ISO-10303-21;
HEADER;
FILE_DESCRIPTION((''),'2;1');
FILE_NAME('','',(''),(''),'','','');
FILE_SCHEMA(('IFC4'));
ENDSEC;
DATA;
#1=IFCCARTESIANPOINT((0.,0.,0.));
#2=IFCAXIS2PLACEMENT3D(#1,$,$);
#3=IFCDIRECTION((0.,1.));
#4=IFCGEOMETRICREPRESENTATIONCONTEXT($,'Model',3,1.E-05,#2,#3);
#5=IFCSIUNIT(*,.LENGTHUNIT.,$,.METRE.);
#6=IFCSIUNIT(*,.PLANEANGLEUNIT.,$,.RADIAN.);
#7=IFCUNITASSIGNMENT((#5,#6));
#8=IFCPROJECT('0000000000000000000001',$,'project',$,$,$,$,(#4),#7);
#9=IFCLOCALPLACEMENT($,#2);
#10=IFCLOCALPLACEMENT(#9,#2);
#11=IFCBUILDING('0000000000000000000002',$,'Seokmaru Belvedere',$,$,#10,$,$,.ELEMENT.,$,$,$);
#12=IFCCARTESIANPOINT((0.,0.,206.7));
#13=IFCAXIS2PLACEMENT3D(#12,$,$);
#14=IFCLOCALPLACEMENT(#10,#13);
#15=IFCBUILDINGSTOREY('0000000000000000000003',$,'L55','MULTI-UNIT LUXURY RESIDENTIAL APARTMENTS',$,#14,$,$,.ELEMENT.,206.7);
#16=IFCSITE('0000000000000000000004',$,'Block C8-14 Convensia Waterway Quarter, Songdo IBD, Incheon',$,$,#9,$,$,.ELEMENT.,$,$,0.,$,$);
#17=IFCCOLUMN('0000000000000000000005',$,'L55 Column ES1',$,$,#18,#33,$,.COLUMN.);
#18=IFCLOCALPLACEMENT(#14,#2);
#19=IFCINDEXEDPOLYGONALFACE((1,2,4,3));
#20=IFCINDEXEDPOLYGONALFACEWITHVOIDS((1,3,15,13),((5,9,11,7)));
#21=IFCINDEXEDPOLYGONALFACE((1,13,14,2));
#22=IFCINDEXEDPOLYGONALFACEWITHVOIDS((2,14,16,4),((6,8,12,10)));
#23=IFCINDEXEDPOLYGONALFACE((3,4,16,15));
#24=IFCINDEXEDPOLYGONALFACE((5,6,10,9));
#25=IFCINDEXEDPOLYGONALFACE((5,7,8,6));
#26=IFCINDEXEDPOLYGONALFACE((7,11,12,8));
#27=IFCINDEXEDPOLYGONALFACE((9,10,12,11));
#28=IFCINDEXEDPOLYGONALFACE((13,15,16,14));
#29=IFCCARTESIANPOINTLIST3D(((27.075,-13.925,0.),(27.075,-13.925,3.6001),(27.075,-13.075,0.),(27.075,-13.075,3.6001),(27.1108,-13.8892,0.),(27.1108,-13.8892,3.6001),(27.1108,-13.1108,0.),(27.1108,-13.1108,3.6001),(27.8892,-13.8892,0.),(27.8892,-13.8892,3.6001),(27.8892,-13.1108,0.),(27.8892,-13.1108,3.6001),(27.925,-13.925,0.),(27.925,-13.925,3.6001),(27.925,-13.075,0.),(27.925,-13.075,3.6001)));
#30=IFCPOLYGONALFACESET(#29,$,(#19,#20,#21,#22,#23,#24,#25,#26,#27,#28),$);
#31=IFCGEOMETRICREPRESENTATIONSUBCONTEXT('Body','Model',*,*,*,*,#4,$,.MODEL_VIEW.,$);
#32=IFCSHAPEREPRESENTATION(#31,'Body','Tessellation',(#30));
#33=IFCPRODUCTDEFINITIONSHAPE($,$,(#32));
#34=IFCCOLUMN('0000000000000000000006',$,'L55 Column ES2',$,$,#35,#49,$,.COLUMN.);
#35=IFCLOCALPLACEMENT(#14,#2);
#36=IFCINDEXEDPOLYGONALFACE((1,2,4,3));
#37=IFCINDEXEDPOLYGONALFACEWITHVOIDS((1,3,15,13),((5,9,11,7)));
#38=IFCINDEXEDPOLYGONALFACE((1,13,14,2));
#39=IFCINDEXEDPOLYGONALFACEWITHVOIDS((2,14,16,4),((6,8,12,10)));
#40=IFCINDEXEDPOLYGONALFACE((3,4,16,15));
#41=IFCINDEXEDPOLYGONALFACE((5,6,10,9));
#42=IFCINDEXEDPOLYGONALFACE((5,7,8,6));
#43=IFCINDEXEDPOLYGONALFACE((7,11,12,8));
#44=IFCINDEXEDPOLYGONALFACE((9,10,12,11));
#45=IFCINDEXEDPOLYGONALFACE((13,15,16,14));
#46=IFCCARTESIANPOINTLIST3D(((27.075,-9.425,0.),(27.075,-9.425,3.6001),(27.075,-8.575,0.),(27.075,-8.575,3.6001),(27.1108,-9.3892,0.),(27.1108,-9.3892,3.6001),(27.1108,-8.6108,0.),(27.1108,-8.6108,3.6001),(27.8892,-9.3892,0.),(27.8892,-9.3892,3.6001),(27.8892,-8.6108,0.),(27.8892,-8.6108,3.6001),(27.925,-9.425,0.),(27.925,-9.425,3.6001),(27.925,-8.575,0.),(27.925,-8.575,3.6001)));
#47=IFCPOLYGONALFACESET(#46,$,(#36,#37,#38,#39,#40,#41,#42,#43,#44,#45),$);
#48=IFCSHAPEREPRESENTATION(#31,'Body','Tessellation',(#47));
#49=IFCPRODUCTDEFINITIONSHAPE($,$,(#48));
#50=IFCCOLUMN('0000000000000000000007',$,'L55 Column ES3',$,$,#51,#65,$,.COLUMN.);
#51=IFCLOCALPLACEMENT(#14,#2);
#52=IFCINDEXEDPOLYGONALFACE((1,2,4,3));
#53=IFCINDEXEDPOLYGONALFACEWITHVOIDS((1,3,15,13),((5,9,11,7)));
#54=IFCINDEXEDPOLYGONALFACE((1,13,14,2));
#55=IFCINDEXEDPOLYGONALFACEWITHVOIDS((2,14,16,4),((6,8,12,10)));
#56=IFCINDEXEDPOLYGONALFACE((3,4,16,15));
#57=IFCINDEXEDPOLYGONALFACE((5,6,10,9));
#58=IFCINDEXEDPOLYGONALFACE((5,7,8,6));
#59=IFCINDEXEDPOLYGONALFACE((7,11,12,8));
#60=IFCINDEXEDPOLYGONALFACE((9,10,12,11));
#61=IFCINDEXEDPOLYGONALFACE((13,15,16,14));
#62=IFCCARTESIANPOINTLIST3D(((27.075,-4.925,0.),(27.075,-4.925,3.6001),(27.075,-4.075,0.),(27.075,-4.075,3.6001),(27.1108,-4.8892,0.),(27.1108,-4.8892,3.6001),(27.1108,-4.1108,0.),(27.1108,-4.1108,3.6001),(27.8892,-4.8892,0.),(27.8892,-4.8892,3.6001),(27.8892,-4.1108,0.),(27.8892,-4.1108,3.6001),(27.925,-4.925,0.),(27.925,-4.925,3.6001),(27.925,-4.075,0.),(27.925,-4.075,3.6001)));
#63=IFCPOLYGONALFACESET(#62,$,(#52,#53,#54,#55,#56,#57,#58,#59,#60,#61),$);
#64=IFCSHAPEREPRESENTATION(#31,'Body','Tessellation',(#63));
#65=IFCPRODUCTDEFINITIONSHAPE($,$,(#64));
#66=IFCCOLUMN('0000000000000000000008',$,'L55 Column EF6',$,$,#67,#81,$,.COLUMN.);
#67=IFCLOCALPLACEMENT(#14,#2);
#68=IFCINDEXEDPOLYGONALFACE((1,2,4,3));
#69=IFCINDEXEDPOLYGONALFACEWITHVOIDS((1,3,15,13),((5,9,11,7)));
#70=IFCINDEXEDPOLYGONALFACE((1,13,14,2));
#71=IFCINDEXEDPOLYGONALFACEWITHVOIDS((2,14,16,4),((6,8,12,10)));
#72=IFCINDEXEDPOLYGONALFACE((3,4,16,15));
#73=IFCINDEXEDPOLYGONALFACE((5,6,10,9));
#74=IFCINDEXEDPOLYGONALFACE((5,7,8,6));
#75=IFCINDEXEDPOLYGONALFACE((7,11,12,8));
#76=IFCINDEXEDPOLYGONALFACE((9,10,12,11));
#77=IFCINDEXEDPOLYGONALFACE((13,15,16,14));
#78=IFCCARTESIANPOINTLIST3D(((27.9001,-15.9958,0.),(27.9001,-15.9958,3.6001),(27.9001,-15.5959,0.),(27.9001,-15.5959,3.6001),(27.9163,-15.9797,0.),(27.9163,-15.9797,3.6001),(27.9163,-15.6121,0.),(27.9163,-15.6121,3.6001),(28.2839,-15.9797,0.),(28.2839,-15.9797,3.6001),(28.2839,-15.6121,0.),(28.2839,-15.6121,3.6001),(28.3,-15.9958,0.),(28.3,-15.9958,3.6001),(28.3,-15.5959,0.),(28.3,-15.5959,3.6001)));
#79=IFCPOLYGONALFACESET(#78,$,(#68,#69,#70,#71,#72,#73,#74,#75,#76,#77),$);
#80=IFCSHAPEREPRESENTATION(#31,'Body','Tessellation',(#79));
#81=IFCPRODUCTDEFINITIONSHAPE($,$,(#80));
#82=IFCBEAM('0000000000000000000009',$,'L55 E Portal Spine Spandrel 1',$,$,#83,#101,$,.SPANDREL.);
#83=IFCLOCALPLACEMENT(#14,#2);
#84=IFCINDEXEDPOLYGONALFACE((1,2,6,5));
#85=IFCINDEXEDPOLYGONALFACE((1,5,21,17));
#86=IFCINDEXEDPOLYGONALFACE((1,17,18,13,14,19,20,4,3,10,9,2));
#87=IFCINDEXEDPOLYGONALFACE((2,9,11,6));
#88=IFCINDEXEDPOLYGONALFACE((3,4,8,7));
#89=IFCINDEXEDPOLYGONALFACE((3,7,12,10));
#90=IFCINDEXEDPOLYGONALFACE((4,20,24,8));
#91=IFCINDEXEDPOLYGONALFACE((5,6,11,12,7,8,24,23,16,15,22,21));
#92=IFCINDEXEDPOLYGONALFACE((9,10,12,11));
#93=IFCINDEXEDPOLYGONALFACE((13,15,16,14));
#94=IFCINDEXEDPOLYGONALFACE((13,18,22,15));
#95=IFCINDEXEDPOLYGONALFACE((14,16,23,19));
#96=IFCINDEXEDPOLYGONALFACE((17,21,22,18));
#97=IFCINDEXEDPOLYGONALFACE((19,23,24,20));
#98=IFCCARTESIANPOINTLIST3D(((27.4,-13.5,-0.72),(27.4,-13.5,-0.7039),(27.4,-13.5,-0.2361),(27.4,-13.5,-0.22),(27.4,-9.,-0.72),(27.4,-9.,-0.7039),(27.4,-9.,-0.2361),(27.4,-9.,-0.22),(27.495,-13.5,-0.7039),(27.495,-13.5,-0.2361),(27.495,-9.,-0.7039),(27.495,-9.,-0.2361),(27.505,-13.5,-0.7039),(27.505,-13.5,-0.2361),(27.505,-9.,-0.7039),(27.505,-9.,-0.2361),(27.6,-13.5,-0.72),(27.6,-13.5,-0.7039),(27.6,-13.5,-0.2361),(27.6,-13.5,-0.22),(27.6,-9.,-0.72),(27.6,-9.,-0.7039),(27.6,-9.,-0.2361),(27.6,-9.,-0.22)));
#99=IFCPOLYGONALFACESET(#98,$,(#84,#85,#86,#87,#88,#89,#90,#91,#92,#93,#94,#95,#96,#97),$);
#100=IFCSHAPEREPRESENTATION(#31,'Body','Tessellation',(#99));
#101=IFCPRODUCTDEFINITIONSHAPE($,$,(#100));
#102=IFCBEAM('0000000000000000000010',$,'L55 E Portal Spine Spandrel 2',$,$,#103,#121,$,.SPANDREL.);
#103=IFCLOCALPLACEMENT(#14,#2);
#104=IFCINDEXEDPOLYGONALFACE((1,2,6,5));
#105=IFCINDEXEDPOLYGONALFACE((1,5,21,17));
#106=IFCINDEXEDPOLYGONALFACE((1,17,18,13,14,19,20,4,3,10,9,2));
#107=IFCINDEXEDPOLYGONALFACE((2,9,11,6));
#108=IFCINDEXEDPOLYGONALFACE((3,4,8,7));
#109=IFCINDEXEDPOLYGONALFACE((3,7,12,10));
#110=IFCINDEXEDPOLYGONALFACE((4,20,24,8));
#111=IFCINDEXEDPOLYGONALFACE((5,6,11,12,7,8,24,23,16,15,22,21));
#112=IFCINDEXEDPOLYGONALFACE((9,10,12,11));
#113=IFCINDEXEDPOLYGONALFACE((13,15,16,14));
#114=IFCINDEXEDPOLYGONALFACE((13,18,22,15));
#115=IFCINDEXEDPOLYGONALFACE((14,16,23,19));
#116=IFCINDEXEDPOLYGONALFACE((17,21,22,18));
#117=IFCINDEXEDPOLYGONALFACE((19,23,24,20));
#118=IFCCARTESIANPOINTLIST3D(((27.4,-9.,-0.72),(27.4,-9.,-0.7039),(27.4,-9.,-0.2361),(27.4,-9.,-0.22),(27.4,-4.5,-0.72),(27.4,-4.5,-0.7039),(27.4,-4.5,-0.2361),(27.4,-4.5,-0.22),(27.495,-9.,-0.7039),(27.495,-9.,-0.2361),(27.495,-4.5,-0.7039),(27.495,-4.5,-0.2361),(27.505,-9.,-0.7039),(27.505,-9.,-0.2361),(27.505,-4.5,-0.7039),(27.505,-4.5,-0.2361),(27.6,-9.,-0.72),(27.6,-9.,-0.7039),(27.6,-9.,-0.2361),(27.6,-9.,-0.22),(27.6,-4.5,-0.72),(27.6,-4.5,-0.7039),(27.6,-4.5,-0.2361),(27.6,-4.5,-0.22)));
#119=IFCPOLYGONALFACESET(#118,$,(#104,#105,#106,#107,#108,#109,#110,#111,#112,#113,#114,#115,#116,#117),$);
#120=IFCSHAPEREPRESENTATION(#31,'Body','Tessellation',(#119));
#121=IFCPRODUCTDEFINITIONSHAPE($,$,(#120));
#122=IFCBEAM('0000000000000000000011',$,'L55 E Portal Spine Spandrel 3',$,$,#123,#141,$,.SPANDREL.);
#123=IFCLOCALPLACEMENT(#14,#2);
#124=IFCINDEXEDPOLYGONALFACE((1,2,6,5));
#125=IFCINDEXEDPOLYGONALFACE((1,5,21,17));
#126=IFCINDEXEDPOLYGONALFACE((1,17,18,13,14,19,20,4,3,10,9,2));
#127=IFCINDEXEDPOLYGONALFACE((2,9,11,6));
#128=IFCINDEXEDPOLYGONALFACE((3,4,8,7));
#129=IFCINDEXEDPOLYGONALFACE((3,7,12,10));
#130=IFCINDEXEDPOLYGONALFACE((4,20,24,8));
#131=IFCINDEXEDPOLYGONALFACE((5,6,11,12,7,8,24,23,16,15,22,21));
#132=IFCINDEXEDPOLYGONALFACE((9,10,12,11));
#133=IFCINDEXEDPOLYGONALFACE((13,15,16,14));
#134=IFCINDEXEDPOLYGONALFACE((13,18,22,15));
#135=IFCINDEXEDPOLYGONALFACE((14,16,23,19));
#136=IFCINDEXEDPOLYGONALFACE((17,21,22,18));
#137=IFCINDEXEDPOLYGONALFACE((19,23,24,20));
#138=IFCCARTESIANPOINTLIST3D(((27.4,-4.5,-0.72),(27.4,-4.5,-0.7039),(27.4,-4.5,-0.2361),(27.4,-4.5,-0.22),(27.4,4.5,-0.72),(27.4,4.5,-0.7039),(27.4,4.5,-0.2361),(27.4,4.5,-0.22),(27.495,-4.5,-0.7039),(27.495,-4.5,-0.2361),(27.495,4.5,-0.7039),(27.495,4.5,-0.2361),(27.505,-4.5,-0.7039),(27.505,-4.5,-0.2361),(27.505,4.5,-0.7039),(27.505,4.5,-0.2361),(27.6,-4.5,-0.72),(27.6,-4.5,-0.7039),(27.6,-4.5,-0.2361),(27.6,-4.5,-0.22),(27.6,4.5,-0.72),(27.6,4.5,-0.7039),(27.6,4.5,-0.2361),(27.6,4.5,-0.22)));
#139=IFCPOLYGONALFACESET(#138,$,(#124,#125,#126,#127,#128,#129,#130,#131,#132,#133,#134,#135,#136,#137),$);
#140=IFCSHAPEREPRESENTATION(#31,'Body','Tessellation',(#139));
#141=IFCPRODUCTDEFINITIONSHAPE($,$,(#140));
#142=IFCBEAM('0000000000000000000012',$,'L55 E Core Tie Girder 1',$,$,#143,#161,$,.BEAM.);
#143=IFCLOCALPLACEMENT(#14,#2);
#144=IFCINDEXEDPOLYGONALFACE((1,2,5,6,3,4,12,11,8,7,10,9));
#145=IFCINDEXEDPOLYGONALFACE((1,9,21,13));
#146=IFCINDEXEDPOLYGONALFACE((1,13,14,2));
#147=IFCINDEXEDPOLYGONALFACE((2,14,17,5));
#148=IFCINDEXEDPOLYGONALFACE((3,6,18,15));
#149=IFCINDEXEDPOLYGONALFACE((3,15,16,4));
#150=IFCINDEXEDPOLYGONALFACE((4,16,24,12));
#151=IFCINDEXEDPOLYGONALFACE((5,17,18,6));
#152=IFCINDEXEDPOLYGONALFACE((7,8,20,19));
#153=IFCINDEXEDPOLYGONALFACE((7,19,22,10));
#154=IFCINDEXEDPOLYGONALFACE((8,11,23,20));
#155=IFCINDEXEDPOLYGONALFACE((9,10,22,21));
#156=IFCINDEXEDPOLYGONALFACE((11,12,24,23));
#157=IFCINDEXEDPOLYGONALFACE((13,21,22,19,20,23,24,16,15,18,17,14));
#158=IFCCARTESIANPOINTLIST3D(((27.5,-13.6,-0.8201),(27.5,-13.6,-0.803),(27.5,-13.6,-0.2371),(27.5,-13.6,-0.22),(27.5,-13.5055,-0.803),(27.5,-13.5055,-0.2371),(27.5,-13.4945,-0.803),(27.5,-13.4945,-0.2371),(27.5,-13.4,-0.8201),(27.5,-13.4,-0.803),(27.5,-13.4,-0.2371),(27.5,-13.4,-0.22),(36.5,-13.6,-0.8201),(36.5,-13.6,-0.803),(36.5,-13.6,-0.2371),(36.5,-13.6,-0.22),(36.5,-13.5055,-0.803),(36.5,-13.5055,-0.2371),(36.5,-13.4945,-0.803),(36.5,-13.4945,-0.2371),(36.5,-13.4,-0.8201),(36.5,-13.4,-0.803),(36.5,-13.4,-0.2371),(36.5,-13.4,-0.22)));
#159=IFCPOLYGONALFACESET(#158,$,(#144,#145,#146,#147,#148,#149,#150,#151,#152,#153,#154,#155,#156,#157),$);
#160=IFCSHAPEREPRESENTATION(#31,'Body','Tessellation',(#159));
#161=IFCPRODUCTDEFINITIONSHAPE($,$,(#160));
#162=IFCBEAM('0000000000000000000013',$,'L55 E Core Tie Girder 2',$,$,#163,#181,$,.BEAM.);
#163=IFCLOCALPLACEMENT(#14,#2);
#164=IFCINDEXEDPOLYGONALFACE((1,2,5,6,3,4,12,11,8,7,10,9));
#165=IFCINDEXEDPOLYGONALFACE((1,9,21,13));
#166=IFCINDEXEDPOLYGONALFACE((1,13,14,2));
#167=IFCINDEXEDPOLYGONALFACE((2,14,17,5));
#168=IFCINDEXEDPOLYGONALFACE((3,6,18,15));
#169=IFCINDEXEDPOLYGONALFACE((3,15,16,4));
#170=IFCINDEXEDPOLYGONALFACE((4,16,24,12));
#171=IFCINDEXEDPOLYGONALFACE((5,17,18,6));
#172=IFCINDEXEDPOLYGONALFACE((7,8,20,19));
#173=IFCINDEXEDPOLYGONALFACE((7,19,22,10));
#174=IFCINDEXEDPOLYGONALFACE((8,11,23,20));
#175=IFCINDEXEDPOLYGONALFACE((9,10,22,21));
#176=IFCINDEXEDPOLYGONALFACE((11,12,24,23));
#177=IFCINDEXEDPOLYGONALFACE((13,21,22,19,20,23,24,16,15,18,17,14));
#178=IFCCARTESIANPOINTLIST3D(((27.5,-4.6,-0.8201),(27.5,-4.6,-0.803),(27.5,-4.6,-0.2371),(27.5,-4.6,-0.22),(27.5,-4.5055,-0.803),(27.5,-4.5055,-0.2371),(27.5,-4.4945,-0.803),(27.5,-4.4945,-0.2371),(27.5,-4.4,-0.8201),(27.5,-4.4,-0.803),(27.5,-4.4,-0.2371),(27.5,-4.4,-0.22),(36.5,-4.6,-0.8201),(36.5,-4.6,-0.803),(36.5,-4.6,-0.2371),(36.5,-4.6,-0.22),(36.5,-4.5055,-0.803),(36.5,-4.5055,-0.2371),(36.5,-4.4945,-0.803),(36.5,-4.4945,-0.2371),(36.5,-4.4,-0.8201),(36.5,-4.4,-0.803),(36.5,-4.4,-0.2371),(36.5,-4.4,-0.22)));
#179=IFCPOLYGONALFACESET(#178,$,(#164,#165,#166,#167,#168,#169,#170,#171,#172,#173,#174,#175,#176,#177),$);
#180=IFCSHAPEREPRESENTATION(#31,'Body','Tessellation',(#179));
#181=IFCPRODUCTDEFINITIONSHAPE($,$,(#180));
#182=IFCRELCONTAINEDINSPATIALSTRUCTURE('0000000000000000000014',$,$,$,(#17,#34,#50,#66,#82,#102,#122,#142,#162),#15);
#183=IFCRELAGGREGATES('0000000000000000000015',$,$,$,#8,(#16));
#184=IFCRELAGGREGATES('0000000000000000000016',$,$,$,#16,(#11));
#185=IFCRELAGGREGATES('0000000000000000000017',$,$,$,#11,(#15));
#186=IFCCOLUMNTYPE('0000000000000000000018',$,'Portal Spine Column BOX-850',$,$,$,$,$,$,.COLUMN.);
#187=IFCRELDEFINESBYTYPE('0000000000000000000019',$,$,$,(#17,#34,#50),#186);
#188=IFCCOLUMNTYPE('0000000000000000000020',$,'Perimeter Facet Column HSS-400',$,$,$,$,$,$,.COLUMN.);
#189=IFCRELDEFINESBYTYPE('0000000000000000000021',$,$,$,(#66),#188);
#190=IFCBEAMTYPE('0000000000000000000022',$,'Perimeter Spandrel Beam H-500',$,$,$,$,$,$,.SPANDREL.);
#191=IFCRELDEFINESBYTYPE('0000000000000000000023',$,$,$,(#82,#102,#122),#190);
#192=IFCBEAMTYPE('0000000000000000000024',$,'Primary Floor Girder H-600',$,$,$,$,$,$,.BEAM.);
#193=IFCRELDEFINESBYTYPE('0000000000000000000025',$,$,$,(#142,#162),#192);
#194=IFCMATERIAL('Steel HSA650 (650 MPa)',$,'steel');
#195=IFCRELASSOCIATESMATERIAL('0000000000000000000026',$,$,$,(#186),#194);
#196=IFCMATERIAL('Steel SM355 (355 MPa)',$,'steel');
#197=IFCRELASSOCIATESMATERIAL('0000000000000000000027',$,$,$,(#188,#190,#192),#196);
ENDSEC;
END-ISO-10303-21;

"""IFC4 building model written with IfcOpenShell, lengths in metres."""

from ifc_helpers import new_model, si_unit, direction, frame, origin, origin_2d, place, context, subcontext, project, spatial, hollow_rectangle, i_section, extrude, source, transform, mapped, material, material_profile, profile_set, type_object, type_shapes, element, save


model = new_model("IFC4")

# Units and contexts
model_context = context("Model", 3, precision=1e-05, world=origin(), true_north=direction((0.0, 1.0)))
body_context = subcontext(model_context, "Body", "Model", "MODEL_VIEW")
ifc_project = project(units=[si_unit("LENGTHUNIT", "METRE"), si_unit("PLANEANGLEUNIT", "RADIAN")], contexts=[model_context])

# Site, building, storey
site_placement = place(None, origin())
site = spatial("IfcSite", under=ifc_project, at=site_placement, Name="Block C8-14 Convensia Waterway Quarter, Songdo IBD, Incheon", CompositionType="ELEMENT", RefElevation=0.0)
building_placement = place(site_placement, origin())
building = spatial("IfcBuilding", under=site, at=building_placement, Name="Seokmaru Belvedere", CompositionType="ELEMENT")
storey_placement = place(building_placement, frame((0.0, 0.0, 206.7)))
storey = spatial("IfcBuildingStorey", under=building, at=storey_placement, Name="L55", Description="MULTI-UNIT LUXURY RESIDENTIAL APARTMENTS", CompositionType="ELEMENT", Elevation=206.7)

# Columns
ifc_material_1 = material(Name="Steel HSA650 (650 MPa)", Category="steel")
ifc_material_profile_1 = material_profile(ifc_material_1, hollow_rectangle(XDim=0.8501, YDim=0.8501, WallThickness=0.0359, at=origin_2d()), Name="BOX-850x850x36")
ifc_profile_set_1 = profile_set([ifc_material_profile_1], Name="Steel HSA650 (650 MPa)")
column_type_1 = type_object("IfcColumnType", Name="Portal Spine Column BOX-850", PredefinedType="COLUMN", material=ifc_profile_set_1)
shared_shape_1 = source(origin(), body_context, "Body", "SweptSolid", [
    extrude(hollow_rectangle(XDim=0.8501, YDim=0.8501, WallThickness=0.0359, at=origin_2d()), origin(), (0.0, 0.0, 1.0), 3.6001),
])
type_shapes(column_type_1, [shared_shape_1])
for number, where, z_axis, x_axis, name in (
    (1, (27.5, -13.5, 0.0), (0.0, 0.0, 1.0), (1.0, 0.0, 0.0), "L55 Column ES1"),
    (2, (27.5, -9.0, 0.0), (0.0, 0.0, 1.0), (1.0, 0.0, 0.0), "L55 Column ES2"),
    (3, (27.5, -4.5, 0.0), (0.0, 0.0, 1.0), (1.0, 0.0, 0.0), "L55 Column ES3"),
):
    element("IfcColumn", number, at=place(storey_placement, frame(where, z_axis=z_axis, x_axis=x_axis)), inside=storey, type_object=column_type_1, Name=name, PredefinedType="COLUMN", context=body_context, shape_type="MappedRepresentation", body=[
        mapped(shared_shape_1, transform((0.0, 0.0, 0.0), scale=1.0)),
    ])
ifc_material_2 = material(Name="Steel SM355 (355 MPa)", Category="steel")
ifc_material_profile_2 = material_profile(ifc_material_2, hollow_rectangle(XDim=0.3999, YDim=0.3999, WallThickness=0.0161, at=origin_2d()), Name="HSS-400x400x16")
ifc_profile_set_2 = profile_set([ifc_material_profile_2], Name="Steel SM355 (355 MPa)")
column_type_2 = type_object("IfcColumnType", Name="Perimeter Facet Column HSS-400", PredefinedType="COLUMN", material=ifc_profile_set_2)
shared_shape_2 = source(origin(), body_context, "Body", "SweptSolid", [
    extrude(hollow_rectangle(XDim=0.3999, YDim=0.3999, WallThickness=0.0161, at=origin_2d()), origin(), (0.0, 0.0, 1.0), 3.6001),
])
type_shapes(column_type_2, [shared_shape_2])
column_placement = place(storey_placement, frame((28.1001, -15.7959, 0.0), z_axis=(0.0, 0.0, 1.0), x_axis=(1.0, 0.0, 0.0)))
element("IfcColumn", 4, at=column_placement, inside=storey, type_object=column_type_2, Name="L55 Column EF6", PredefinedType="COLUMN", context=body_context, shape_type="MappedRepresentation", body=[
    mapped(shared_shape_2, transform((0.0, 0.0, 0.0), scale=1.0)),
])

# Beams
ifc_material_profile_3 = material_profile(ifc_material_2, i_section(OverallWidth=0.2, OverallDepth=0.5, WebThickness=0.01, FlangeThickness=0.0161, at=origin_2d()), Name="H-500x200x10x16")
ifc_profile_set_3 = profile_set([ifc_material_profile_3], Name="Steel SM355 (355 MPa)")
beam_type_1 = type_object("IfcBeamType", Name="Perimeter Spandrel Beam H-500", PredefinedType="SPANDREL", material=ifc_profile_set_3)
shared_shape_3 = source(origin(), body_context, "Body", "SweptSolid", [
    extrude(i_section(OverallWidth=0.2, OverallDepth=0.5, WebThickness=0.01, FlangeThickness=0.0161, at=origin_2d()), origin(), (0.0, 0.0, 1.0), 4.5),
])
for number, where, z_axis, x_axis, name in (
    (5, (27.5, -13.5, -0.47), (0.0, 1.0, 0.0), (-1.0, 0.0, 0.0), "L55 E Portal Spine Spandrel 1"),
    (6, (27.5, -9.0, -0.47), (0.0, 1.0, 0.0), (-1.0, 0.0, 0.0), "L55 E Portal Spine Spandrel 2"),
):
    element("IfcBeam", number, at=place(storey_placement, frame(where, z_axis=z_axis, x_axis=x_axis)), inside=storey, type_object=beam_type_1, Name=name, PredefinedType="SPANDREL", context=body_context, shape_type="MappedRepresentation", body=[
        mapped(shared_shape_3, transform((0.0, 0.0, 0.0), scale=1.0)),
    ])
shared_shape_4 = source(origin(), body_context, "Body", "SweptSolid", [
    extrude(i_section(OverallWidth=0.2, OverallDepth=0.5, WebThickness=0.01, FlangeThickness=0.0161, at=origin_2d()), origin(), (0.0, 0.0, 1.0), 9.0),
])
beam_1_placement = place(storey_placement, frame((27.5, -4.5, -0.47), z_axis=(0.0, 1.0, 0.0), x_axis=(-1.0, 0.0, 0.0)))
element("IfcBeam", 7, at=beam_1_placement, inside=storey, type_object=beam_type_1, Name="L55 E Portal Spine Spandrel 3", PredefinedType="SPANDREL", context=body_context, shape_type="MappedRepresentation", body=[
    mapped(shared_shape_4, transform((0.0, 0.0, 0.0), scale=1.0)),
])
ifc_material_profile_4 = material_profile(ifc_material_2, i_section(OverallWidth=0.2, OverallDepth=0.6001, WebThickness=0.011, FlangeThickness=0.0171, at=origin_2d()), Name="H-600x200x11x17")
ifc_profile_set_4 = profile_set([ifc_material_profile_4], Name="Steel SM355 (355 MPa)")
beam_type_2 = type_object("IfcBeamType", Name="Primary Floor Girder H-600", PredefinedType="BEAM", material=ifc_profile_set_4)
shared_shape_5 = source(origin(), body_context, "Body", "SweptSolid", [
    extrude(i_section(OverallWidth=0.2, OverallDepth=0.6001, WebThickness=0.011, FlangeThickness=0.0171, at=origin_2d()), origin(), (0.0, 0.0, 1.0), 9.0),
])
type_shapes(beam_type_2, [shared_shape_5])
for number, where, z_axis, x_axis, name in (
    (8, (27.5, -13.5, -0.52), (1.0, 0.0, 0.0), (0.0, 1.0, 0.0), "L55 E Core Tie Girder 1"),
    (9, (27.5, -4.5, -0.52), (1.0, 0.0, 0.0), (0.0, 1.0, 0.0), "L55 E Core Tie Girder 2"),
):
    element("IfcBeam", number, at=place(storey_placement, frame(where, z_axis=z_axis, x_axis=x_axis)), inside=storey, type_object=beam_type_2, Name=name, PredefinedType="BEAM", context=body_context, shape_type="MappedRepresentation", body=[
        mapped(shared_shape_5, transform((0.0, 0.0, 0.0), scale=1.0)),
    ])

save(model, "model.ifc")
